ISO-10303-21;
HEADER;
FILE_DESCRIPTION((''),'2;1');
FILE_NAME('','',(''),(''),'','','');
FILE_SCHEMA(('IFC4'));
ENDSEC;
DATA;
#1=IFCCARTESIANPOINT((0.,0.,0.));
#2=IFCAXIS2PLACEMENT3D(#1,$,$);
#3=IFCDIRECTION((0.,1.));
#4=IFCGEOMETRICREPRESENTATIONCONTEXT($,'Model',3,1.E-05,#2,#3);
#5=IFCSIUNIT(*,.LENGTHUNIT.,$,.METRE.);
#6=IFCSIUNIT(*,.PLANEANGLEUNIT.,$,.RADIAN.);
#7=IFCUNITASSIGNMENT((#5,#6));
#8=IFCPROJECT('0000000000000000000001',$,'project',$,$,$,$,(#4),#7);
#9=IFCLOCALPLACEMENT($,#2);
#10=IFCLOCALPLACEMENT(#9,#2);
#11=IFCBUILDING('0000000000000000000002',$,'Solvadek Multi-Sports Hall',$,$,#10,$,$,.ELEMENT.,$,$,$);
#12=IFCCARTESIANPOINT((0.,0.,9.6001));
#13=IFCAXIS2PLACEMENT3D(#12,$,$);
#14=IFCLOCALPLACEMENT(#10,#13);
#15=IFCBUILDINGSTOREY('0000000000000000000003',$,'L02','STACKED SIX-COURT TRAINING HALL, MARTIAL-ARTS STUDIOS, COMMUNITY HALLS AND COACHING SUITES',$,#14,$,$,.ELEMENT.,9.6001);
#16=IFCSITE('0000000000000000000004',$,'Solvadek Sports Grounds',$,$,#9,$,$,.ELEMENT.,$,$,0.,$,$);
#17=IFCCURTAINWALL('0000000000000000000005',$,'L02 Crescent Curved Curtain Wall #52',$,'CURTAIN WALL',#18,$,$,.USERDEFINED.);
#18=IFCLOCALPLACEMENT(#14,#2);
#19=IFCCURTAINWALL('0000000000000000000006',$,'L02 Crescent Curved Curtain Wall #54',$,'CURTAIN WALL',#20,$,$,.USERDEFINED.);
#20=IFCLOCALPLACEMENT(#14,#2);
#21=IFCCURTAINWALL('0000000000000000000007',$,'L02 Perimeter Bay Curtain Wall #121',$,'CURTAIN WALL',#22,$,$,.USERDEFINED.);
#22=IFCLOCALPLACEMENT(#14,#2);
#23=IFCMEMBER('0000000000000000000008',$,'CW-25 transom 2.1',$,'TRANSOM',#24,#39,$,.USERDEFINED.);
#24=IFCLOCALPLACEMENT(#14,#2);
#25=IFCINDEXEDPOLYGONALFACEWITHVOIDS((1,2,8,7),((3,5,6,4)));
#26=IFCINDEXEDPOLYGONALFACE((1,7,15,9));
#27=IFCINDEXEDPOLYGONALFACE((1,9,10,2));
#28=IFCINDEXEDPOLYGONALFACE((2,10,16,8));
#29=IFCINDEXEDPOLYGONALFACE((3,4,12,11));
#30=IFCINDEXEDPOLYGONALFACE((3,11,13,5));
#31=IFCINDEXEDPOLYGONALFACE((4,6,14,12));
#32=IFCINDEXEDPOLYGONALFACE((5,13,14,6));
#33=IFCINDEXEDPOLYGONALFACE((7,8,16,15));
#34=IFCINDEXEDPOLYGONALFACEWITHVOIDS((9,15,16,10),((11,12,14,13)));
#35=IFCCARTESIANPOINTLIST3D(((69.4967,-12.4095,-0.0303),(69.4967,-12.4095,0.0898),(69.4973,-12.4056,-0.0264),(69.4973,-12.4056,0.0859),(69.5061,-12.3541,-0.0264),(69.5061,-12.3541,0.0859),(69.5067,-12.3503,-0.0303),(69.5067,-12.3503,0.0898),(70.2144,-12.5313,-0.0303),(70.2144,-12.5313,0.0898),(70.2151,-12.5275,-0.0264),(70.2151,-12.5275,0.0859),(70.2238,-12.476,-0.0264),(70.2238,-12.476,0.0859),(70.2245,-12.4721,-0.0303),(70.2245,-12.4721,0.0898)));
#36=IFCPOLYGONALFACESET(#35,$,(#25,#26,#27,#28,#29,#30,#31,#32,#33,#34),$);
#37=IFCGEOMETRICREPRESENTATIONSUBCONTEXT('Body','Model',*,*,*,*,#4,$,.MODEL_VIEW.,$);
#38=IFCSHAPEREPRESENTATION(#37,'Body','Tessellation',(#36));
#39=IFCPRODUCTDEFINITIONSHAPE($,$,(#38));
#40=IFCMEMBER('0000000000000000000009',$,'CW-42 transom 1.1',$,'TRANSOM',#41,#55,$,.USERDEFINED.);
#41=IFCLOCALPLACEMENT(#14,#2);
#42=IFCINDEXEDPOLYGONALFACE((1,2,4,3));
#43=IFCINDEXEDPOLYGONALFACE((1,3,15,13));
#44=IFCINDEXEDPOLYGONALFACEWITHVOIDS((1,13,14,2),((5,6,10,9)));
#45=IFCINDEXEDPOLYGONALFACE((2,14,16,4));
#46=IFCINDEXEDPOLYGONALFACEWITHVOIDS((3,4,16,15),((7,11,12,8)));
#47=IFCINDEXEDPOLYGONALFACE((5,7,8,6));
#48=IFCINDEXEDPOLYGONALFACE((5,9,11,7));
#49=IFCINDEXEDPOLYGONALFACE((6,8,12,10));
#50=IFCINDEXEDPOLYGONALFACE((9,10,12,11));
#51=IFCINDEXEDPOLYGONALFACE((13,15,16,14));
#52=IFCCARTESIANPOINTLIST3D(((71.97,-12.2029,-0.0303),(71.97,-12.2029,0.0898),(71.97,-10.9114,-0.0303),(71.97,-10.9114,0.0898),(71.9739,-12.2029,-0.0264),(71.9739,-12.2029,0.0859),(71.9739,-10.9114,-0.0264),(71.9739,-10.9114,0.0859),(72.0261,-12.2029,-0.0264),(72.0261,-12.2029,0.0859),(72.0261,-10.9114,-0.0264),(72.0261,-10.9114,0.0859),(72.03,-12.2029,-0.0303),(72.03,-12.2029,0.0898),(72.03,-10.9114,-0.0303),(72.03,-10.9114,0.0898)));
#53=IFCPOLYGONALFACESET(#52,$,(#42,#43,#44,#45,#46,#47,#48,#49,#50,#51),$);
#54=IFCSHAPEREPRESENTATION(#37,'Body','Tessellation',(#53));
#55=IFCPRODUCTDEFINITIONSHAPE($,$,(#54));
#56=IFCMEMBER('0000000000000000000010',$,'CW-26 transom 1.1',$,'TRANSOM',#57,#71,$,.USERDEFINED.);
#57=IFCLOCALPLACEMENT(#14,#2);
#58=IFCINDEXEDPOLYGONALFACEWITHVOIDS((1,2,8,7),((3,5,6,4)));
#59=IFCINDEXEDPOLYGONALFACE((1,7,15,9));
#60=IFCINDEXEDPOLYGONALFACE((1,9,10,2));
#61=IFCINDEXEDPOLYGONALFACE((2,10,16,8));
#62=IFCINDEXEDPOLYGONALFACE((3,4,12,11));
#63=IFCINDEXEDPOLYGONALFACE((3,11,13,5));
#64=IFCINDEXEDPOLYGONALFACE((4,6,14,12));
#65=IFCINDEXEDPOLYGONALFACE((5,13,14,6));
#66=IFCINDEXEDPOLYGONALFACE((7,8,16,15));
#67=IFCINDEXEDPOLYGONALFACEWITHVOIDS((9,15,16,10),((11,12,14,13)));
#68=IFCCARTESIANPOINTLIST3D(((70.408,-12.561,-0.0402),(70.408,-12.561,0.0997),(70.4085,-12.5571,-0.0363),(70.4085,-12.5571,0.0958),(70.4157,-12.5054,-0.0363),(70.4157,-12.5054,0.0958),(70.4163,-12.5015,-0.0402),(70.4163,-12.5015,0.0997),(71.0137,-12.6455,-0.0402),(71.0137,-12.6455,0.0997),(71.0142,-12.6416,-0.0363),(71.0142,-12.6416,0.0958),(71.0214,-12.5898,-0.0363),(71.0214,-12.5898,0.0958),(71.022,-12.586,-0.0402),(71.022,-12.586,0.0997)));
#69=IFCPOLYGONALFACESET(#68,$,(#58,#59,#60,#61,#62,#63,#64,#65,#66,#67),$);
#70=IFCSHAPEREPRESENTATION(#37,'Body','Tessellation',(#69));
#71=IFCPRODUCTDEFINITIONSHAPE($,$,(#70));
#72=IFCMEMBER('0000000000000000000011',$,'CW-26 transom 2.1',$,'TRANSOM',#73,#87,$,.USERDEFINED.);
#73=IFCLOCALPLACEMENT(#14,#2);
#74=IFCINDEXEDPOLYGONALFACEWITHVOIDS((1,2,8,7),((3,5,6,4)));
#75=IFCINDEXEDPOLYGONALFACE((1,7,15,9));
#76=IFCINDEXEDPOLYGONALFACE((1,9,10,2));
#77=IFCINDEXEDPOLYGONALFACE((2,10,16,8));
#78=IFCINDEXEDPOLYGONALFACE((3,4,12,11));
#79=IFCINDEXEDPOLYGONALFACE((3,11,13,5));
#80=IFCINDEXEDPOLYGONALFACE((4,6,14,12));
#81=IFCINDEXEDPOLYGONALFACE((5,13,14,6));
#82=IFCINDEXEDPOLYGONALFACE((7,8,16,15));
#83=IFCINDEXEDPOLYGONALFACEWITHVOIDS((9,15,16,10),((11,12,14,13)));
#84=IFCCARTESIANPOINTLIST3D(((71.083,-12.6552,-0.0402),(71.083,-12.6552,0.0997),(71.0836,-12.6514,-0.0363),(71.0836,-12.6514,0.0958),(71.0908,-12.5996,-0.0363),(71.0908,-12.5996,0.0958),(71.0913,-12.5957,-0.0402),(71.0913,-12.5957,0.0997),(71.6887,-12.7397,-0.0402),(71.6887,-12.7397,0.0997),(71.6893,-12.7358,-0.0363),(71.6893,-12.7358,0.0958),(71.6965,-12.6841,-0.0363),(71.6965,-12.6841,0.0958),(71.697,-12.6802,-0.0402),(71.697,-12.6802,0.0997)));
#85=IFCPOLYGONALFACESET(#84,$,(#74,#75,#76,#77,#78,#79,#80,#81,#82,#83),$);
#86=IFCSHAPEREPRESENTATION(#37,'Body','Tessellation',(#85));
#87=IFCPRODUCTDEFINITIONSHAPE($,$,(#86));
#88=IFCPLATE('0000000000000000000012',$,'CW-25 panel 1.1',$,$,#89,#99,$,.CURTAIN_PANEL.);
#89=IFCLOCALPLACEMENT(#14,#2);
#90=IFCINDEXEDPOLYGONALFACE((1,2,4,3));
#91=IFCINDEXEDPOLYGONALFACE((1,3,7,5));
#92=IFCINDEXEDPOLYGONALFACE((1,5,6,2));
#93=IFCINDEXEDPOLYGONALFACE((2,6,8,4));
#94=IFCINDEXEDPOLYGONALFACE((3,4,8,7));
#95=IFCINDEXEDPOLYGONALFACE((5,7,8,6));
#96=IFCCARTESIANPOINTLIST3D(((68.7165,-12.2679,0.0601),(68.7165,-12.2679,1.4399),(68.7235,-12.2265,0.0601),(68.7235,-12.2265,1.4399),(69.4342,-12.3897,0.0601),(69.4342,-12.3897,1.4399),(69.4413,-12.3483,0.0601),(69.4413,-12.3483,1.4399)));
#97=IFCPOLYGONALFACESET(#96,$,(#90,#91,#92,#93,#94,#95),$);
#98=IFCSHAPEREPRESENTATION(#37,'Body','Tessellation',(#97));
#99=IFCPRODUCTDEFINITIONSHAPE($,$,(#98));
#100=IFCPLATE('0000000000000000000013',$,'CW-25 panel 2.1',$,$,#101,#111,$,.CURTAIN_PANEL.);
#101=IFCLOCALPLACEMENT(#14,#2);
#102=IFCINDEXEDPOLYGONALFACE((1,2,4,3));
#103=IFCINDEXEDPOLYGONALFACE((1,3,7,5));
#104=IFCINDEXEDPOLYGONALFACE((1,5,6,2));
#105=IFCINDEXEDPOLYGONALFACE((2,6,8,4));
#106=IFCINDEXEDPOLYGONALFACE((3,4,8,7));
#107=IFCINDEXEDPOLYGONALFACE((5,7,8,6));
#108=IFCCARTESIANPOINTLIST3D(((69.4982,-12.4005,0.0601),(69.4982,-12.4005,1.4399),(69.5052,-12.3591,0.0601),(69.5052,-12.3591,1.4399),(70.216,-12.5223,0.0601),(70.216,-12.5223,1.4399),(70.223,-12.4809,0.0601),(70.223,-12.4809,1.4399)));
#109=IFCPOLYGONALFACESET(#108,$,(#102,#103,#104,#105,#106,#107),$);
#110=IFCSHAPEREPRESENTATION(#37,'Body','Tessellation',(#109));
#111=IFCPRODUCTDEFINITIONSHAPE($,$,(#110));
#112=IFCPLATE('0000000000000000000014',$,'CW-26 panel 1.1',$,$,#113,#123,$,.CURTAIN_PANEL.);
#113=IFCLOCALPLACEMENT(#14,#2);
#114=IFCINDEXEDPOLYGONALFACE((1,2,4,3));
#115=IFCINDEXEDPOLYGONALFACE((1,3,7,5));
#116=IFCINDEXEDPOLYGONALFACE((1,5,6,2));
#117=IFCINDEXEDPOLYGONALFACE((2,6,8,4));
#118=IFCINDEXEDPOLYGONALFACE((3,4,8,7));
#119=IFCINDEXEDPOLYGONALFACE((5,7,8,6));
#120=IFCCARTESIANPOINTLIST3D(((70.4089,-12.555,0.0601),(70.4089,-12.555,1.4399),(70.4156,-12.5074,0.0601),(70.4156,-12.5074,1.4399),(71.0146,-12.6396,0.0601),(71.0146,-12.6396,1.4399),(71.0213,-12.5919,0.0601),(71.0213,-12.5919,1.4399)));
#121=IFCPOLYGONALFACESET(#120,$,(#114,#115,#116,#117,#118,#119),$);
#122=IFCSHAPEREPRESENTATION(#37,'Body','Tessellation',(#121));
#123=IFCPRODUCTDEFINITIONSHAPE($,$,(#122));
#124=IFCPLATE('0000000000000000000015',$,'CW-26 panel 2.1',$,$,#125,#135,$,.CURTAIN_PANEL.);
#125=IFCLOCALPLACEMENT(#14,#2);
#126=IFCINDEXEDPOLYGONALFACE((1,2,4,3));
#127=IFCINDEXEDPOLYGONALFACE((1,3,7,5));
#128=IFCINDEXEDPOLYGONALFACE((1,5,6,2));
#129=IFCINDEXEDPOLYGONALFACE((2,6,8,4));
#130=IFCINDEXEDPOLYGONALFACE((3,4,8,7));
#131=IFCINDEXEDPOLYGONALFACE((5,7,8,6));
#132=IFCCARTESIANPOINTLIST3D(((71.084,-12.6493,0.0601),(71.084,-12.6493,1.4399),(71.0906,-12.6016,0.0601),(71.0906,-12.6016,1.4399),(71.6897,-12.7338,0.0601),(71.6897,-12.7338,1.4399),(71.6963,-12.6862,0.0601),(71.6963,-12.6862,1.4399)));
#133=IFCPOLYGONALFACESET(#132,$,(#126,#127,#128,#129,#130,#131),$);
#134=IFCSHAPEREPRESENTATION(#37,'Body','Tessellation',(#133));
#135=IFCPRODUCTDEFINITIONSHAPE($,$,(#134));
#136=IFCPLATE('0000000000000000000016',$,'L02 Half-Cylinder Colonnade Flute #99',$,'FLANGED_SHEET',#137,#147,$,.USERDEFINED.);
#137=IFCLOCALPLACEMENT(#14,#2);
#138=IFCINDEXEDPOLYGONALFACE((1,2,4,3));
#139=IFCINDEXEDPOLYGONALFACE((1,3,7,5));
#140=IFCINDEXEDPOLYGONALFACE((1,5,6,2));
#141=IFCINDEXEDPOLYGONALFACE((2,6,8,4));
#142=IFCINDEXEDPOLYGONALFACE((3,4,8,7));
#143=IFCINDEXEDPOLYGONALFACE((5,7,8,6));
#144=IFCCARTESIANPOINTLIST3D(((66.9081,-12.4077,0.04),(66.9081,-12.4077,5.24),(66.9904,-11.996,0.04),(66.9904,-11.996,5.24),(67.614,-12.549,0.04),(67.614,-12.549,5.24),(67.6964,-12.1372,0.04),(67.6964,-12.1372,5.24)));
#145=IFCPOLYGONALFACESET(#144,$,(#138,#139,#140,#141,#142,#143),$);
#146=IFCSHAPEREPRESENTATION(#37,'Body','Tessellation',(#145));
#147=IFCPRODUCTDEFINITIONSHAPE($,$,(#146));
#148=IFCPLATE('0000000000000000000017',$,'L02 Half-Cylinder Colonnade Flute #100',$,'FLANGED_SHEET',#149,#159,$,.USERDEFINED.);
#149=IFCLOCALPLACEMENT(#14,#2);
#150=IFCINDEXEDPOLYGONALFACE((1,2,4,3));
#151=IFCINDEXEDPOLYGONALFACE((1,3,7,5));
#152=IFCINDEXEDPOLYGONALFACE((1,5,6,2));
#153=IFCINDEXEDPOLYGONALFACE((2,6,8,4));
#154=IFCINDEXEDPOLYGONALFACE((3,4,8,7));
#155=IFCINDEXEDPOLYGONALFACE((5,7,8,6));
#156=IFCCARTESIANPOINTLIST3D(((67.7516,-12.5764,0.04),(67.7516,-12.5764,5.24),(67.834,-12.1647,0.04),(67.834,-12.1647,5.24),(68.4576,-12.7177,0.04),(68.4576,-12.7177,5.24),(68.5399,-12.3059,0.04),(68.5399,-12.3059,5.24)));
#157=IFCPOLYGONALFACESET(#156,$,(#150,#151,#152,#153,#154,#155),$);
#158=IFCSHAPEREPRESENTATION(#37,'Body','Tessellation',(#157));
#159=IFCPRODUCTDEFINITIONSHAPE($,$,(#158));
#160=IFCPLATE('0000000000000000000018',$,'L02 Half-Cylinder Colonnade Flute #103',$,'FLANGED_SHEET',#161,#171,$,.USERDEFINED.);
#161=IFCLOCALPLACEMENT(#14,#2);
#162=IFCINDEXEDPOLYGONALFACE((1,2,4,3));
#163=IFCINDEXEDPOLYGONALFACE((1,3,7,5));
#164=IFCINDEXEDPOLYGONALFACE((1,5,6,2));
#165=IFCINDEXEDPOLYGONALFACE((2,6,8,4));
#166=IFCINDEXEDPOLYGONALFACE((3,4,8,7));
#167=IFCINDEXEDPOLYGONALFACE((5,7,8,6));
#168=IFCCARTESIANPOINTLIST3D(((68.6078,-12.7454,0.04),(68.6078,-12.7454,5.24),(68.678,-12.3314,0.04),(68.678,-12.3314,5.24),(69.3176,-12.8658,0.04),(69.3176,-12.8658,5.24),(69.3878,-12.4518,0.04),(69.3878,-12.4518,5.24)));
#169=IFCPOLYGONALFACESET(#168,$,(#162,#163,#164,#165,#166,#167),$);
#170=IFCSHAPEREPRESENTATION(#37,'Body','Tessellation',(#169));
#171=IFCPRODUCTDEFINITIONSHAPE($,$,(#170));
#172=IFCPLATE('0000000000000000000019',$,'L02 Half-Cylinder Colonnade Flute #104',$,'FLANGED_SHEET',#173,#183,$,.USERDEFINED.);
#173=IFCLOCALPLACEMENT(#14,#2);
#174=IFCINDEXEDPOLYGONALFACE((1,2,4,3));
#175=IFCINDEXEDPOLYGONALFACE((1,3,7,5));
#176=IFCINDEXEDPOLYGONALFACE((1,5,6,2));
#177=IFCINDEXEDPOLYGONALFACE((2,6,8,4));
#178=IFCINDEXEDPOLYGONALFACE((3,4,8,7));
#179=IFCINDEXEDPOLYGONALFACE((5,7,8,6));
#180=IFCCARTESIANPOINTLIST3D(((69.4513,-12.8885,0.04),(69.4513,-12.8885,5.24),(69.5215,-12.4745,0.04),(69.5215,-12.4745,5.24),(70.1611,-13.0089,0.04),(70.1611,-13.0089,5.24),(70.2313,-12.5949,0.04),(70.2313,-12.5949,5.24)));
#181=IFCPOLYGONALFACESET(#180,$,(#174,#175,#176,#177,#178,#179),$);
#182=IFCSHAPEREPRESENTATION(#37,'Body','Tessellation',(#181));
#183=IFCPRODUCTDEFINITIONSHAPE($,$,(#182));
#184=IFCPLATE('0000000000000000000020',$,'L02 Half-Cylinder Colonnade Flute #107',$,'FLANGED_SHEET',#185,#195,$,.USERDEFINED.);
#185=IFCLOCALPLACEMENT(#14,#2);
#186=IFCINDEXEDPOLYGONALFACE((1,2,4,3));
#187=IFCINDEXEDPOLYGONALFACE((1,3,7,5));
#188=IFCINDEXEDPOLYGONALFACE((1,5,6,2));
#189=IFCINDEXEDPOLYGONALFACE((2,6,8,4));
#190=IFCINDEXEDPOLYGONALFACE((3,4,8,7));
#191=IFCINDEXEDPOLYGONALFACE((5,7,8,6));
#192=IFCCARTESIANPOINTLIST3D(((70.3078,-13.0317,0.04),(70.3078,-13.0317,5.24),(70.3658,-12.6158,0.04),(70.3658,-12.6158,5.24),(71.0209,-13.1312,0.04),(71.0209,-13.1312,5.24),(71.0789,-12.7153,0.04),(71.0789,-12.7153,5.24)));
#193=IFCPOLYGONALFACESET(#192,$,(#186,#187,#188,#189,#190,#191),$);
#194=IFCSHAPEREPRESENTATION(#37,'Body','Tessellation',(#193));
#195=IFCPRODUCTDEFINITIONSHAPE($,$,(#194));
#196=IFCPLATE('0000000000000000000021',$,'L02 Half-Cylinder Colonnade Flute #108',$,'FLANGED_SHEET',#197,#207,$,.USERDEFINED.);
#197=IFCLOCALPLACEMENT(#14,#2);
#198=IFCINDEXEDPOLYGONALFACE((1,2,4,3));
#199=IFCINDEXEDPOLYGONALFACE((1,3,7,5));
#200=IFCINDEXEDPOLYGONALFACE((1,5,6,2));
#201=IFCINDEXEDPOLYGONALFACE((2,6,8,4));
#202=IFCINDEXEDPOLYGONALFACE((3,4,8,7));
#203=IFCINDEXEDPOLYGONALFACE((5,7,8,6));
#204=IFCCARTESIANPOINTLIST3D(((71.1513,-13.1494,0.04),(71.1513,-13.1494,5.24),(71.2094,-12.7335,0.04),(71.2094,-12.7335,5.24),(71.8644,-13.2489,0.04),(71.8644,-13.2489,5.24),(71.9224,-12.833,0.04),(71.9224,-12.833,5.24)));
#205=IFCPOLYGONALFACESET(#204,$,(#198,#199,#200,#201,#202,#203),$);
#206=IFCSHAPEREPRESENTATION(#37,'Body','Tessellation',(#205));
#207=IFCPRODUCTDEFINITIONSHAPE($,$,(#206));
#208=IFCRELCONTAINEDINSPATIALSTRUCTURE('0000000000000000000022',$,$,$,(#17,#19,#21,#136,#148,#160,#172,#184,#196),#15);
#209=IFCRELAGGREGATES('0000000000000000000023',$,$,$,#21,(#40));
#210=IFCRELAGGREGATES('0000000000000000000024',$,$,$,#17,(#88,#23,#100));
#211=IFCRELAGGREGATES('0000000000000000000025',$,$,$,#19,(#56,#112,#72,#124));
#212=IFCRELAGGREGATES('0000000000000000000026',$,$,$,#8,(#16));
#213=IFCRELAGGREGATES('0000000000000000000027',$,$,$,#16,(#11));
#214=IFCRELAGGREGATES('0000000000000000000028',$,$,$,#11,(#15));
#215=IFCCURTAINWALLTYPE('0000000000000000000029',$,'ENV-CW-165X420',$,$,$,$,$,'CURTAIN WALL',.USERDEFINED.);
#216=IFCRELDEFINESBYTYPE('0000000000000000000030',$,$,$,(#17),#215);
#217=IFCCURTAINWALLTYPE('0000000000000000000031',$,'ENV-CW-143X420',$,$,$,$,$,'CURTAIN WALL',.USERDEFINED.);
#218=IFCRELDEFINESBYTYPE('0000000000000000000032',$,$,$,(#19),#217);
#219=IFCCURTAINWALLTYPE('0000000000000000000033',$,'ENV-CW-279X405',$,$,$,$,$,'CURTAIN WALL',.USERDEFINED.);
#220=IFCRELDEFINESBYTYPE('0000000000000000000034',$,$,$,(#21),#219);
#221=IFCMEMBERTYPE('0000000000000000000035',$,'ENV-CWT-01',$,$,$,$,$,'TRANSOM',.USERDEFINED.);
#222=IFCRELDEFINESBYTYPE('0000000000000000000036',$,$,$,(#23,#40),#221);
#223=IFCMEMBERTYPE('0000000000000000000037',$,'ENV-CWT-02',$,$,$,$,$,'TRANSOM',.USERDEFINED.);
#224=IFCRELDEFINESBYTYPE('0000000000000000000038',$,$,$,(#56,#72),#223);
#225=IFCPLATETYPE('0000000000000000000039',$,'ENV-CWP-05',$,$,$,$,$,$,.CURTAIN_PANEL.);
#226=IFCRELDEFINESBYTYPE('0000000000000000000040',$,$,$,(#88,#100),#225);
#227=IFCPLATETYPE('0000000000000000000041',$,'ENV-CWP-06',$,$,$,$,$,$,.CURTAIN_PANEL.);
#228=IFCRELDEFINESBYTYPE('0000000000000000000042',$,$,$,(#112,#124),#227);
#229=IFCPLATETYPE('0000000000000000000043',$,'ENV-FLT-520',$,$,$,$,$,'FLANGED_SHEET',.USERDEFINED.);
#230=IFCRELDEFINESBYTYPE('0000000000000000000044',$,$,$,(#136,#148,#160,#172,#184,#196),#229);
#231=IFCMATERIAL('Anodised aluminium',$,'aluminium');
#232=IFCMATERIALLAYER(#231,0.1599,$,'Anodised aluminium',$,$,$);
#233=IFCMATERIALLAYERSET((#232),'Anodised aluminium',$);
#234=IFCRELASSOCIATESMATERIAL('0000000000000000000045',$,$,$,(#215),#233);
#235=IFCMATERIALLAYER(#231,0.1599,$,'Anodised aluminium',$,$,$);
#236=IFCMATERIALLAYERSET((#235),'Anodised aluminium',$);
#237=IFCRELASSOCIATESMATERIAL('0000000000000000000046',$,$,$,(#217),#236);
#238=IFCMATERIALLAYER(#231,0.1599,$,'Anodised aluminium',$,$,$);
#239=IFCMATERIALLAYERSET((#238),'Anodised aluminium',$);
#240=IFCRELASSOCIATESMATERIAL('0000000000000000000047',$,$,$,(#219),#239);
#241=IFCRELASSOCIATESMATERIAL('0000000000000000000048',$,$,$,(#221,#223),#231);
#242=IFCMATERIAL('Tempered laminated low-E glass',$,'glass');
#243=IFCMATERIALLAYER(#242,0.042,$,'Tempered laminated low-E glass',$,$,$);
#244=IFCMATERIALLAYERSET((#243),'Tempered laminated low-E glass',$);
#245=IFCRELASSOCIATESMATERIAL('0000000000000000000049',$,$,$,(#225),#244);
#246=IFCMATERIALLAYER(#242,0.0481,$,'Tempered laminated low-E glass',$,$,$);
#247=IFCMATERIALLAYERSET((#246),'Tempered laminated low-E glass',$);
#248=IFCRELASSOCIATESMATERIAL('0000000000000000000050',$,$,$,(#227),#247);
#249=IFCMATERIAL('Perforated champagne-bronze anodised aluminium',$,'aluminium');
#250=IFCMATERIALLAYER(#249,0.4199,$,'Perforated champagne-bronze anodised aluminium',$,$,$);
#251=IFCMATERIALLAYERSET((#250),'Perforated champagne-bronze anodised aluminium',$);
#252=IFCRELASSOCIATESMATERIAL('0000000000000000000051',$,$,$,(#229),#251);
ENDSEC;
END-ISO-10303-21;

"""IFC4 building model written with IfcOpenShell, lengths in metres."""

from ifc_helpers import new_model, si_unit, direction, frame, origin, origin_2d, place, context, subcontext, project, spatial, rectangle, hollow_rectangle, extrude, material, layer, layer_set, material_profile, profile_set, type_object, element, aggregate, save


model = new_model("IFC4")

# Units and contexts
model_context = context("Model", 3, precision=1e-05, world=origin(), true_north=direction((0.0, 1.0)))
body_context = subcontext(model_context, "Body", "Model", "MODEL_VIEW")
ifc_project = project(units=[si_unit("LENGTHUNIT", "METRE"), si_unit("PLANEANGLEUNIT", "RADIAN")], contexts=[model_context])

# Site, building, storey
site_placement = place(None, origin())
site = spatial("IfcSite", under=ifc_project, at=site_placement, Name="Solvadek Sports Grounds", CompositionType="ELEMENT", RefElevation=0.0)
building_placement = place(site_placement, origin())
building = spatial("IfcBuilding", under=site, at=building_placement, Name="Solvadek Multi-Sports Hall", CompositionType="ELEMENT")
storey_placement = place(building_placement, frame((0.0, 0.0, 9.6001)))
storey = spatial("IfcBuildingStorey", under=building, at=storey_placement, Name="L02", Description="STACKED SIX-COURT TRAINING HALL, MARTIAL-ARTS STUDIOS, COMMUNITY HALLS AND COACHING SUITES", CompositionType="ELEMENT", Elevation=9.6001)

# Shared definitions
ifc_material_1 = material(Name="Anodised aluminium", Category="aluminium")

# Curtain walls
ifc_layer_1 = layer(ifc_material_1, 0.1599, Name="Anodised aluminium")
ifc_layer_set_1 = layer_set([ifc_layer_1], Name="Anodised aluminium")
curtain_wall_type_1 = type_object("IfcCurtainWallType", Name="ENV-CW-165X420", ElementType="CURTAIN WALL", PredefinedType="USERDEFINED", material=ifc_layer_set_1)
curtain_wall_1_placement = place(storey_placement, origin())
curtain_wall_1 = element("IfcCurtainWall", 1, at=curtain_wall_1_placement, inside=storey, type_object=curtain_wall_type_1, Name="L02 Crescent Curved Curtain Wall #52", ObjectType="CURTAIN WALL", PredefinedType="USERDEFINED")
ifc_layer_2 = layer(ifc_material_1, 0.1599, Name="Anodised aluminium")
ifc_layer_set_2 = layer_set([ifc_layer_2], Name="Anodised aluminium")
curtain_wall_type_2 = type_object("IfcCurtainWallType", Name="ENV-CW-143X420", ElementType="CURTAIN WALL", PredefinedType="USERDEFINED", material=ifc_layer_set_2)
curtain_wall_2_placement = place(storey_placement, origin())
curtain_wall_2 = element("IfcCurtainWall", 2, at=curtain_wall_2_placement, inside=storey, type_object=curtain_wall_type_2, Name="L02 Crescent Curved Curtain Wall #54", ObjectType="CURTAIN WALL", PredefinedType="USERDEFINED")

# Curtain wall
ifc_layer_3 = layer(ifc_material_1, 0.1599, Name="Anodised aluminium")
ifc_layer_set_3 = layer_set([ifc_layer_3], Name="Anodised aluminium")
curtain_wall_type_3 = type_object("IfcCurtainWallType", Name="ENV-CW-279X405", ElementType="CURTAIN WALL", PredefinedType="USERDEFINED", material=ifc_layer_set_3)
curtain_wall_3_placement = place(storey_placement, origin())
curtain_wall_3 = element("IfcCurtainWall", 3, at=curtain_wall_3_placement, inside=storey, type_object=curtain_wall_type_3, Name="L02 Perimeter Bay Curtain Wall #121", ObjectType="CURTAIN WALL", PredefinedType="USERDEFINED")

# Members
ifc_material_profile_1 = material_profile(ifc_material_1, hollow_rectangle(XDim=0.0601, YDim=0.1201, WallThickness=0.0039, at=origin_2d()), Name="ALU-T 120x60x4")
ifc_profile_set_1 = profile_set([ifc_material_profile_1], Name="Anodised aluminium")
member_type_1 = type_object("IfcMemberType", Name="ENV-CWT-01", ElementType="TRANSOM", PredefinedType="USERDEFINED", material=ifc_profile_set_1)
member_1_placement = place(storey_placement, frame((69.5017, -12.3799, 0.0298), z_axis=(0.9859, -0.167335, 0.0), x_axis=(0.167335, 0.9859, 0.0)))
member_1 = element("IfcMember", 4, at=member_1_placement, type_object=member_type_1, Name="CW-25 transom 2.1", ObjectType="TRANSOM", PredefinedType="USERDEFINED", context=body_context, shape_type="SweptSolid", body=[
    extrude(hollow_rectangle(XDim=0.0601, YDim=0.1201, WallThickness=0.0039, at=origin_2d()), origin(), (0.0, 0.0, 1.0), 0.728),
])
member_2_placement = place(storey_placement, frame((72.0, -12.2029, 0.0298), z_axis=(0.0, 1.0, 0.0), x_axis=(-1.0, 0.0, 0.0)))
member_2 = element("IfcMember", 5, at=member_2_placement, type_object=member_type_1, Name="CW-42 transom 1.1", ObjectType="TRANSOM", PredefinedType="USERDEFINED", context=body_context, shape_type="SweptSolid", body=[
    extrude(hollow_rectangle(XDim=0.0601, YDim=0.1201, WallThickness=0.0039, at=origin_2d()), origin(), (0.0, 0.0, 1.0), 1.2915),
])
aggregate(curtain_wall_3, [member_2])
ifc_material_profile_2 = material_profile(ifc_material_1, hollow_rectangle(XDim=0.0601, YDim=0.1399, WallThickness=0.0039, at=origin_2d()), Name="ALU-T 140x60x4")
ifc_profile_set_2 = profile_set([ifc_material_profile_2], Name="Anodised aluminium")
member_type_2 = type_object("IfcMemberType", Name="ENV-CWT-02", ElementType="TRANSOM", PredefinedType="USERDEFINED", material=ifc_profile_set_2)
member_3_placement = place(storey_placement, frame((70.4121, -12.5312, 0.0298), z_axis=(0.990415, -0.138123, 0.0), x_axis=(0.138123, 0.990415, 0.0)))
member_3 = element("IfcMember", 6, at=member_3_placement, type_object=member_type_2, Name="CW-26 transom 1.1", ObjectType="TRANSOM", PredefinedType="USERDEFINED", context=body_context, shape_type="SweptSolid", body=[
    extrude(hollow_rectangle(XDim=0.0601, YDim=0.1399, WallThickness=0.0039, at=origin_2d()), origin(), (0.0, 0.0, 1.0), 0.6116),
])
member_4_placement = place(storey_placement, frame((71.0872, -12.6255, 0.0298), z_axis=(0.990415, -0.138123, 0.0), x_axis=(0.138123, 0.990415, 0.0)))
member_4 = element("IfcMember", 7, at=member_4_placement, type_object=member_type_2, Name="CW-26 transom 2.1", ObjectType="TRANSOM", PredefinedType="USERDEFINED", context=body_context, shape_type="SweptSolid", body=[
    extrude(hollow_rectangle(XDim=0.0601, YDim=0.1399, WallThickness=0.0039, at=origin_2d()), origin(), (0.0, 0.0, 1.0), 0.6116),
])

# Plates
ifc_material_2 = material(Name="Tempered laminated low-E glass", Category="glass")
ifc_layer_4 = layer(ifc_material_2, 0.042, Name="Tempered laminated low-E glass")
ifc_layer_set_4 = layer_set([ifc_layer_4], Name="Tempered laminated low-E glass")
plate_type_1 = type_object("IfcPlateType", Name="ENV-CWP-05", PredefinedType="CURTAIN_PANEL", material=ifc_layer_set_4)
plate_1_placement = place(storey_placement, frame((69.0789, -12.3081, 0.0601), z_axis=(0.0, 0.0, 1.0), x_axis=(0.985915, -0.167247, 0.0)))
plate_1 = element("IfcPlate", 8, at=plate_1_placement, type_object=plate_type_1, Name="CW-25 panel 1.1", PredefinedType="CURTAIN_PANEL", context=body_context, shape_type="SweptSolid", body=[
    extrude(rectangle(XDim=0.728, YDim=0.042, at=origin_2d()), origin(), (0.0, 0.0, 1.0), 1.3799),
])
plate_2_placement = place(storey_placement, frame((69.8606, -12.4407, 0.0601), z_axis=(0.0, 0.0, 1.0), x_axis=(0.985915, -0.167247, 0.0)))
plate_2 = element("IfcPlate", 9, at=plate_2_placement, type_object=plate_type_1, Name="CW-25 panel 2.1", PredefinedType="CURTAIN_PANEL", context=body_context, shape_type="SweptSolid", body=[
    extrude(rectangle(XDim=0.728, YDim=0.042, at=origin_2d()), origin(), (0.0, 0.0, 1.0), 1.3799),
])
aggregate(curtain_wall_1, [plate_1, member_1, plate_2])
ifc_layer_5 = layer(ifc_material_2, 0.0481, Name="Tempered laminated low-E glass")
ifc_layer_set_5 = layer_set([ifc_layer_5], Name="Tempered laminated low-E glass")
plate_type_2 = type_object("IfcPlateType", Name="ENV-CWP-06", PredefinedType="CURTAIN_PANEL", material=ifc_layer_set_5)
plate_3_placement = place(storey_placement, frame((70.7151, -12.5735, 0.0601), z_axis=(0.0, 0.0, 1.0), x_axis=(0.990402, -0.138217, 0.0)))
plate_3 = element("IfcPlate", 10, at=plate_3_placement, type_object=plate_type_2, Name="CW-26 panel 1.1", PredefinedType="CURTAIN_PANEL", context=body_context, shape_type="SweptSolid", body=[
    extrude(rectangle(XDim=0.6116, YDim=0.0481, at=origin_2d()), origin(), (0.0, 0.0, 1.0), 1.3799),
])
plate_4_placement = place(storey_placement, frame((71.3901, -12.6677, 0.0601), z_axis=(0.0, 0.0, 1.0), x_axis=(0.990402, -0.138217, 0.0)))
plate_4 = element("IfcPlate", 11, at=plate_4_placement, type_object=plate_type_2, Name="CW-26 panel 2.1", PredefinedType="CURTAIN_PANEL", context=body_context, shape_type="SweptSolid", body=[
    extrude(rectangle(XDim=0.6116, YDim=0.0481, at=origin_2d()), origin(), (0.0, 0.0, 1.0), 1.3799),
])
aggregate(curtain_wall_2, [member_3, plate_3, member_4, plate_4])

# Plates
ifc_material_3 = material(Name="Perforated champagne-bronze anodised aluminium", Category="aluminium")
ifc_layer_6 = layer(ifc_material_3, 0.4199, Name="Perforated champagne-bronze anodised aluminium")
ifc_layer_set_6 = layer_set([ifc_layer_6], Name="Perforated champagne-bronze anodised aluminium")
plate_type_3 = type_object("IfcPlateType", Name="ENV-FLT-520", ElementType="FLANGED_SHEET", PredefinedType="USERDEFINED", material=ifc_layer_set_6)
for number, where, z_axis, x_axis, name in (
    (12, (67.3022, -12.2725, 0.04), (0.0, 0.0, 1.0), (0.980567, -0.196183, 0.0), "L02 Half-Cylinder Colonnade Flute #99"),
    (13, (68.1458, -12.4412, 0.04), (0.0, 0.0, 1.0), (0.980567, -0.196183, 0.0), "L02 Half-Cylinder Colonnade Flute #100"),
    (14, (68.9978, -12.5986, 0.04), (0.0, 0.0, 1.0), (0.985919, -0.167223, 0.0), "L02 Half-Cylinder Colonnade Flute #103"),
    (15, (69.8413, -12.7417, 0.04), (0.0, 0.0, 1.0), (0.985919, -0.167223, 0.0), "L02 Half-Cylinder Colonnade Flute #104"),
    (16, (70.6934, -12.8735, 0.04), (0.0, 0.0, 1.0), (0.990403, -0.138207, 0.0), "L02 Half-Cylinder Colonnade Flute #107"),
    (17, (71.5369, -12.9912, 0.04), (0.0, 0.0, 1.0), (0.990403, -0.138207, 0.0), "L02 Half-Cylinder Colonnade Flute #108"),
):
    element("IfcPlate", number, at=place(storey_placement, frame(where, z_axis=z_axis, x_axis=x_axis)), inside=storey, type_object=plate_type_3, Name=name, ObjectType="FLANGED_SHEET", PredefinedType="USERDEFINED", context=body_context, shape_type="SweptSolid", body=[
        extrude(rectangle(XDim=0.72, YDim=0.4199, at=origin_2d()), origin(), (0.0, 0.0, 1.0), 5.2),
    ])

save(model, "model.ifc")
